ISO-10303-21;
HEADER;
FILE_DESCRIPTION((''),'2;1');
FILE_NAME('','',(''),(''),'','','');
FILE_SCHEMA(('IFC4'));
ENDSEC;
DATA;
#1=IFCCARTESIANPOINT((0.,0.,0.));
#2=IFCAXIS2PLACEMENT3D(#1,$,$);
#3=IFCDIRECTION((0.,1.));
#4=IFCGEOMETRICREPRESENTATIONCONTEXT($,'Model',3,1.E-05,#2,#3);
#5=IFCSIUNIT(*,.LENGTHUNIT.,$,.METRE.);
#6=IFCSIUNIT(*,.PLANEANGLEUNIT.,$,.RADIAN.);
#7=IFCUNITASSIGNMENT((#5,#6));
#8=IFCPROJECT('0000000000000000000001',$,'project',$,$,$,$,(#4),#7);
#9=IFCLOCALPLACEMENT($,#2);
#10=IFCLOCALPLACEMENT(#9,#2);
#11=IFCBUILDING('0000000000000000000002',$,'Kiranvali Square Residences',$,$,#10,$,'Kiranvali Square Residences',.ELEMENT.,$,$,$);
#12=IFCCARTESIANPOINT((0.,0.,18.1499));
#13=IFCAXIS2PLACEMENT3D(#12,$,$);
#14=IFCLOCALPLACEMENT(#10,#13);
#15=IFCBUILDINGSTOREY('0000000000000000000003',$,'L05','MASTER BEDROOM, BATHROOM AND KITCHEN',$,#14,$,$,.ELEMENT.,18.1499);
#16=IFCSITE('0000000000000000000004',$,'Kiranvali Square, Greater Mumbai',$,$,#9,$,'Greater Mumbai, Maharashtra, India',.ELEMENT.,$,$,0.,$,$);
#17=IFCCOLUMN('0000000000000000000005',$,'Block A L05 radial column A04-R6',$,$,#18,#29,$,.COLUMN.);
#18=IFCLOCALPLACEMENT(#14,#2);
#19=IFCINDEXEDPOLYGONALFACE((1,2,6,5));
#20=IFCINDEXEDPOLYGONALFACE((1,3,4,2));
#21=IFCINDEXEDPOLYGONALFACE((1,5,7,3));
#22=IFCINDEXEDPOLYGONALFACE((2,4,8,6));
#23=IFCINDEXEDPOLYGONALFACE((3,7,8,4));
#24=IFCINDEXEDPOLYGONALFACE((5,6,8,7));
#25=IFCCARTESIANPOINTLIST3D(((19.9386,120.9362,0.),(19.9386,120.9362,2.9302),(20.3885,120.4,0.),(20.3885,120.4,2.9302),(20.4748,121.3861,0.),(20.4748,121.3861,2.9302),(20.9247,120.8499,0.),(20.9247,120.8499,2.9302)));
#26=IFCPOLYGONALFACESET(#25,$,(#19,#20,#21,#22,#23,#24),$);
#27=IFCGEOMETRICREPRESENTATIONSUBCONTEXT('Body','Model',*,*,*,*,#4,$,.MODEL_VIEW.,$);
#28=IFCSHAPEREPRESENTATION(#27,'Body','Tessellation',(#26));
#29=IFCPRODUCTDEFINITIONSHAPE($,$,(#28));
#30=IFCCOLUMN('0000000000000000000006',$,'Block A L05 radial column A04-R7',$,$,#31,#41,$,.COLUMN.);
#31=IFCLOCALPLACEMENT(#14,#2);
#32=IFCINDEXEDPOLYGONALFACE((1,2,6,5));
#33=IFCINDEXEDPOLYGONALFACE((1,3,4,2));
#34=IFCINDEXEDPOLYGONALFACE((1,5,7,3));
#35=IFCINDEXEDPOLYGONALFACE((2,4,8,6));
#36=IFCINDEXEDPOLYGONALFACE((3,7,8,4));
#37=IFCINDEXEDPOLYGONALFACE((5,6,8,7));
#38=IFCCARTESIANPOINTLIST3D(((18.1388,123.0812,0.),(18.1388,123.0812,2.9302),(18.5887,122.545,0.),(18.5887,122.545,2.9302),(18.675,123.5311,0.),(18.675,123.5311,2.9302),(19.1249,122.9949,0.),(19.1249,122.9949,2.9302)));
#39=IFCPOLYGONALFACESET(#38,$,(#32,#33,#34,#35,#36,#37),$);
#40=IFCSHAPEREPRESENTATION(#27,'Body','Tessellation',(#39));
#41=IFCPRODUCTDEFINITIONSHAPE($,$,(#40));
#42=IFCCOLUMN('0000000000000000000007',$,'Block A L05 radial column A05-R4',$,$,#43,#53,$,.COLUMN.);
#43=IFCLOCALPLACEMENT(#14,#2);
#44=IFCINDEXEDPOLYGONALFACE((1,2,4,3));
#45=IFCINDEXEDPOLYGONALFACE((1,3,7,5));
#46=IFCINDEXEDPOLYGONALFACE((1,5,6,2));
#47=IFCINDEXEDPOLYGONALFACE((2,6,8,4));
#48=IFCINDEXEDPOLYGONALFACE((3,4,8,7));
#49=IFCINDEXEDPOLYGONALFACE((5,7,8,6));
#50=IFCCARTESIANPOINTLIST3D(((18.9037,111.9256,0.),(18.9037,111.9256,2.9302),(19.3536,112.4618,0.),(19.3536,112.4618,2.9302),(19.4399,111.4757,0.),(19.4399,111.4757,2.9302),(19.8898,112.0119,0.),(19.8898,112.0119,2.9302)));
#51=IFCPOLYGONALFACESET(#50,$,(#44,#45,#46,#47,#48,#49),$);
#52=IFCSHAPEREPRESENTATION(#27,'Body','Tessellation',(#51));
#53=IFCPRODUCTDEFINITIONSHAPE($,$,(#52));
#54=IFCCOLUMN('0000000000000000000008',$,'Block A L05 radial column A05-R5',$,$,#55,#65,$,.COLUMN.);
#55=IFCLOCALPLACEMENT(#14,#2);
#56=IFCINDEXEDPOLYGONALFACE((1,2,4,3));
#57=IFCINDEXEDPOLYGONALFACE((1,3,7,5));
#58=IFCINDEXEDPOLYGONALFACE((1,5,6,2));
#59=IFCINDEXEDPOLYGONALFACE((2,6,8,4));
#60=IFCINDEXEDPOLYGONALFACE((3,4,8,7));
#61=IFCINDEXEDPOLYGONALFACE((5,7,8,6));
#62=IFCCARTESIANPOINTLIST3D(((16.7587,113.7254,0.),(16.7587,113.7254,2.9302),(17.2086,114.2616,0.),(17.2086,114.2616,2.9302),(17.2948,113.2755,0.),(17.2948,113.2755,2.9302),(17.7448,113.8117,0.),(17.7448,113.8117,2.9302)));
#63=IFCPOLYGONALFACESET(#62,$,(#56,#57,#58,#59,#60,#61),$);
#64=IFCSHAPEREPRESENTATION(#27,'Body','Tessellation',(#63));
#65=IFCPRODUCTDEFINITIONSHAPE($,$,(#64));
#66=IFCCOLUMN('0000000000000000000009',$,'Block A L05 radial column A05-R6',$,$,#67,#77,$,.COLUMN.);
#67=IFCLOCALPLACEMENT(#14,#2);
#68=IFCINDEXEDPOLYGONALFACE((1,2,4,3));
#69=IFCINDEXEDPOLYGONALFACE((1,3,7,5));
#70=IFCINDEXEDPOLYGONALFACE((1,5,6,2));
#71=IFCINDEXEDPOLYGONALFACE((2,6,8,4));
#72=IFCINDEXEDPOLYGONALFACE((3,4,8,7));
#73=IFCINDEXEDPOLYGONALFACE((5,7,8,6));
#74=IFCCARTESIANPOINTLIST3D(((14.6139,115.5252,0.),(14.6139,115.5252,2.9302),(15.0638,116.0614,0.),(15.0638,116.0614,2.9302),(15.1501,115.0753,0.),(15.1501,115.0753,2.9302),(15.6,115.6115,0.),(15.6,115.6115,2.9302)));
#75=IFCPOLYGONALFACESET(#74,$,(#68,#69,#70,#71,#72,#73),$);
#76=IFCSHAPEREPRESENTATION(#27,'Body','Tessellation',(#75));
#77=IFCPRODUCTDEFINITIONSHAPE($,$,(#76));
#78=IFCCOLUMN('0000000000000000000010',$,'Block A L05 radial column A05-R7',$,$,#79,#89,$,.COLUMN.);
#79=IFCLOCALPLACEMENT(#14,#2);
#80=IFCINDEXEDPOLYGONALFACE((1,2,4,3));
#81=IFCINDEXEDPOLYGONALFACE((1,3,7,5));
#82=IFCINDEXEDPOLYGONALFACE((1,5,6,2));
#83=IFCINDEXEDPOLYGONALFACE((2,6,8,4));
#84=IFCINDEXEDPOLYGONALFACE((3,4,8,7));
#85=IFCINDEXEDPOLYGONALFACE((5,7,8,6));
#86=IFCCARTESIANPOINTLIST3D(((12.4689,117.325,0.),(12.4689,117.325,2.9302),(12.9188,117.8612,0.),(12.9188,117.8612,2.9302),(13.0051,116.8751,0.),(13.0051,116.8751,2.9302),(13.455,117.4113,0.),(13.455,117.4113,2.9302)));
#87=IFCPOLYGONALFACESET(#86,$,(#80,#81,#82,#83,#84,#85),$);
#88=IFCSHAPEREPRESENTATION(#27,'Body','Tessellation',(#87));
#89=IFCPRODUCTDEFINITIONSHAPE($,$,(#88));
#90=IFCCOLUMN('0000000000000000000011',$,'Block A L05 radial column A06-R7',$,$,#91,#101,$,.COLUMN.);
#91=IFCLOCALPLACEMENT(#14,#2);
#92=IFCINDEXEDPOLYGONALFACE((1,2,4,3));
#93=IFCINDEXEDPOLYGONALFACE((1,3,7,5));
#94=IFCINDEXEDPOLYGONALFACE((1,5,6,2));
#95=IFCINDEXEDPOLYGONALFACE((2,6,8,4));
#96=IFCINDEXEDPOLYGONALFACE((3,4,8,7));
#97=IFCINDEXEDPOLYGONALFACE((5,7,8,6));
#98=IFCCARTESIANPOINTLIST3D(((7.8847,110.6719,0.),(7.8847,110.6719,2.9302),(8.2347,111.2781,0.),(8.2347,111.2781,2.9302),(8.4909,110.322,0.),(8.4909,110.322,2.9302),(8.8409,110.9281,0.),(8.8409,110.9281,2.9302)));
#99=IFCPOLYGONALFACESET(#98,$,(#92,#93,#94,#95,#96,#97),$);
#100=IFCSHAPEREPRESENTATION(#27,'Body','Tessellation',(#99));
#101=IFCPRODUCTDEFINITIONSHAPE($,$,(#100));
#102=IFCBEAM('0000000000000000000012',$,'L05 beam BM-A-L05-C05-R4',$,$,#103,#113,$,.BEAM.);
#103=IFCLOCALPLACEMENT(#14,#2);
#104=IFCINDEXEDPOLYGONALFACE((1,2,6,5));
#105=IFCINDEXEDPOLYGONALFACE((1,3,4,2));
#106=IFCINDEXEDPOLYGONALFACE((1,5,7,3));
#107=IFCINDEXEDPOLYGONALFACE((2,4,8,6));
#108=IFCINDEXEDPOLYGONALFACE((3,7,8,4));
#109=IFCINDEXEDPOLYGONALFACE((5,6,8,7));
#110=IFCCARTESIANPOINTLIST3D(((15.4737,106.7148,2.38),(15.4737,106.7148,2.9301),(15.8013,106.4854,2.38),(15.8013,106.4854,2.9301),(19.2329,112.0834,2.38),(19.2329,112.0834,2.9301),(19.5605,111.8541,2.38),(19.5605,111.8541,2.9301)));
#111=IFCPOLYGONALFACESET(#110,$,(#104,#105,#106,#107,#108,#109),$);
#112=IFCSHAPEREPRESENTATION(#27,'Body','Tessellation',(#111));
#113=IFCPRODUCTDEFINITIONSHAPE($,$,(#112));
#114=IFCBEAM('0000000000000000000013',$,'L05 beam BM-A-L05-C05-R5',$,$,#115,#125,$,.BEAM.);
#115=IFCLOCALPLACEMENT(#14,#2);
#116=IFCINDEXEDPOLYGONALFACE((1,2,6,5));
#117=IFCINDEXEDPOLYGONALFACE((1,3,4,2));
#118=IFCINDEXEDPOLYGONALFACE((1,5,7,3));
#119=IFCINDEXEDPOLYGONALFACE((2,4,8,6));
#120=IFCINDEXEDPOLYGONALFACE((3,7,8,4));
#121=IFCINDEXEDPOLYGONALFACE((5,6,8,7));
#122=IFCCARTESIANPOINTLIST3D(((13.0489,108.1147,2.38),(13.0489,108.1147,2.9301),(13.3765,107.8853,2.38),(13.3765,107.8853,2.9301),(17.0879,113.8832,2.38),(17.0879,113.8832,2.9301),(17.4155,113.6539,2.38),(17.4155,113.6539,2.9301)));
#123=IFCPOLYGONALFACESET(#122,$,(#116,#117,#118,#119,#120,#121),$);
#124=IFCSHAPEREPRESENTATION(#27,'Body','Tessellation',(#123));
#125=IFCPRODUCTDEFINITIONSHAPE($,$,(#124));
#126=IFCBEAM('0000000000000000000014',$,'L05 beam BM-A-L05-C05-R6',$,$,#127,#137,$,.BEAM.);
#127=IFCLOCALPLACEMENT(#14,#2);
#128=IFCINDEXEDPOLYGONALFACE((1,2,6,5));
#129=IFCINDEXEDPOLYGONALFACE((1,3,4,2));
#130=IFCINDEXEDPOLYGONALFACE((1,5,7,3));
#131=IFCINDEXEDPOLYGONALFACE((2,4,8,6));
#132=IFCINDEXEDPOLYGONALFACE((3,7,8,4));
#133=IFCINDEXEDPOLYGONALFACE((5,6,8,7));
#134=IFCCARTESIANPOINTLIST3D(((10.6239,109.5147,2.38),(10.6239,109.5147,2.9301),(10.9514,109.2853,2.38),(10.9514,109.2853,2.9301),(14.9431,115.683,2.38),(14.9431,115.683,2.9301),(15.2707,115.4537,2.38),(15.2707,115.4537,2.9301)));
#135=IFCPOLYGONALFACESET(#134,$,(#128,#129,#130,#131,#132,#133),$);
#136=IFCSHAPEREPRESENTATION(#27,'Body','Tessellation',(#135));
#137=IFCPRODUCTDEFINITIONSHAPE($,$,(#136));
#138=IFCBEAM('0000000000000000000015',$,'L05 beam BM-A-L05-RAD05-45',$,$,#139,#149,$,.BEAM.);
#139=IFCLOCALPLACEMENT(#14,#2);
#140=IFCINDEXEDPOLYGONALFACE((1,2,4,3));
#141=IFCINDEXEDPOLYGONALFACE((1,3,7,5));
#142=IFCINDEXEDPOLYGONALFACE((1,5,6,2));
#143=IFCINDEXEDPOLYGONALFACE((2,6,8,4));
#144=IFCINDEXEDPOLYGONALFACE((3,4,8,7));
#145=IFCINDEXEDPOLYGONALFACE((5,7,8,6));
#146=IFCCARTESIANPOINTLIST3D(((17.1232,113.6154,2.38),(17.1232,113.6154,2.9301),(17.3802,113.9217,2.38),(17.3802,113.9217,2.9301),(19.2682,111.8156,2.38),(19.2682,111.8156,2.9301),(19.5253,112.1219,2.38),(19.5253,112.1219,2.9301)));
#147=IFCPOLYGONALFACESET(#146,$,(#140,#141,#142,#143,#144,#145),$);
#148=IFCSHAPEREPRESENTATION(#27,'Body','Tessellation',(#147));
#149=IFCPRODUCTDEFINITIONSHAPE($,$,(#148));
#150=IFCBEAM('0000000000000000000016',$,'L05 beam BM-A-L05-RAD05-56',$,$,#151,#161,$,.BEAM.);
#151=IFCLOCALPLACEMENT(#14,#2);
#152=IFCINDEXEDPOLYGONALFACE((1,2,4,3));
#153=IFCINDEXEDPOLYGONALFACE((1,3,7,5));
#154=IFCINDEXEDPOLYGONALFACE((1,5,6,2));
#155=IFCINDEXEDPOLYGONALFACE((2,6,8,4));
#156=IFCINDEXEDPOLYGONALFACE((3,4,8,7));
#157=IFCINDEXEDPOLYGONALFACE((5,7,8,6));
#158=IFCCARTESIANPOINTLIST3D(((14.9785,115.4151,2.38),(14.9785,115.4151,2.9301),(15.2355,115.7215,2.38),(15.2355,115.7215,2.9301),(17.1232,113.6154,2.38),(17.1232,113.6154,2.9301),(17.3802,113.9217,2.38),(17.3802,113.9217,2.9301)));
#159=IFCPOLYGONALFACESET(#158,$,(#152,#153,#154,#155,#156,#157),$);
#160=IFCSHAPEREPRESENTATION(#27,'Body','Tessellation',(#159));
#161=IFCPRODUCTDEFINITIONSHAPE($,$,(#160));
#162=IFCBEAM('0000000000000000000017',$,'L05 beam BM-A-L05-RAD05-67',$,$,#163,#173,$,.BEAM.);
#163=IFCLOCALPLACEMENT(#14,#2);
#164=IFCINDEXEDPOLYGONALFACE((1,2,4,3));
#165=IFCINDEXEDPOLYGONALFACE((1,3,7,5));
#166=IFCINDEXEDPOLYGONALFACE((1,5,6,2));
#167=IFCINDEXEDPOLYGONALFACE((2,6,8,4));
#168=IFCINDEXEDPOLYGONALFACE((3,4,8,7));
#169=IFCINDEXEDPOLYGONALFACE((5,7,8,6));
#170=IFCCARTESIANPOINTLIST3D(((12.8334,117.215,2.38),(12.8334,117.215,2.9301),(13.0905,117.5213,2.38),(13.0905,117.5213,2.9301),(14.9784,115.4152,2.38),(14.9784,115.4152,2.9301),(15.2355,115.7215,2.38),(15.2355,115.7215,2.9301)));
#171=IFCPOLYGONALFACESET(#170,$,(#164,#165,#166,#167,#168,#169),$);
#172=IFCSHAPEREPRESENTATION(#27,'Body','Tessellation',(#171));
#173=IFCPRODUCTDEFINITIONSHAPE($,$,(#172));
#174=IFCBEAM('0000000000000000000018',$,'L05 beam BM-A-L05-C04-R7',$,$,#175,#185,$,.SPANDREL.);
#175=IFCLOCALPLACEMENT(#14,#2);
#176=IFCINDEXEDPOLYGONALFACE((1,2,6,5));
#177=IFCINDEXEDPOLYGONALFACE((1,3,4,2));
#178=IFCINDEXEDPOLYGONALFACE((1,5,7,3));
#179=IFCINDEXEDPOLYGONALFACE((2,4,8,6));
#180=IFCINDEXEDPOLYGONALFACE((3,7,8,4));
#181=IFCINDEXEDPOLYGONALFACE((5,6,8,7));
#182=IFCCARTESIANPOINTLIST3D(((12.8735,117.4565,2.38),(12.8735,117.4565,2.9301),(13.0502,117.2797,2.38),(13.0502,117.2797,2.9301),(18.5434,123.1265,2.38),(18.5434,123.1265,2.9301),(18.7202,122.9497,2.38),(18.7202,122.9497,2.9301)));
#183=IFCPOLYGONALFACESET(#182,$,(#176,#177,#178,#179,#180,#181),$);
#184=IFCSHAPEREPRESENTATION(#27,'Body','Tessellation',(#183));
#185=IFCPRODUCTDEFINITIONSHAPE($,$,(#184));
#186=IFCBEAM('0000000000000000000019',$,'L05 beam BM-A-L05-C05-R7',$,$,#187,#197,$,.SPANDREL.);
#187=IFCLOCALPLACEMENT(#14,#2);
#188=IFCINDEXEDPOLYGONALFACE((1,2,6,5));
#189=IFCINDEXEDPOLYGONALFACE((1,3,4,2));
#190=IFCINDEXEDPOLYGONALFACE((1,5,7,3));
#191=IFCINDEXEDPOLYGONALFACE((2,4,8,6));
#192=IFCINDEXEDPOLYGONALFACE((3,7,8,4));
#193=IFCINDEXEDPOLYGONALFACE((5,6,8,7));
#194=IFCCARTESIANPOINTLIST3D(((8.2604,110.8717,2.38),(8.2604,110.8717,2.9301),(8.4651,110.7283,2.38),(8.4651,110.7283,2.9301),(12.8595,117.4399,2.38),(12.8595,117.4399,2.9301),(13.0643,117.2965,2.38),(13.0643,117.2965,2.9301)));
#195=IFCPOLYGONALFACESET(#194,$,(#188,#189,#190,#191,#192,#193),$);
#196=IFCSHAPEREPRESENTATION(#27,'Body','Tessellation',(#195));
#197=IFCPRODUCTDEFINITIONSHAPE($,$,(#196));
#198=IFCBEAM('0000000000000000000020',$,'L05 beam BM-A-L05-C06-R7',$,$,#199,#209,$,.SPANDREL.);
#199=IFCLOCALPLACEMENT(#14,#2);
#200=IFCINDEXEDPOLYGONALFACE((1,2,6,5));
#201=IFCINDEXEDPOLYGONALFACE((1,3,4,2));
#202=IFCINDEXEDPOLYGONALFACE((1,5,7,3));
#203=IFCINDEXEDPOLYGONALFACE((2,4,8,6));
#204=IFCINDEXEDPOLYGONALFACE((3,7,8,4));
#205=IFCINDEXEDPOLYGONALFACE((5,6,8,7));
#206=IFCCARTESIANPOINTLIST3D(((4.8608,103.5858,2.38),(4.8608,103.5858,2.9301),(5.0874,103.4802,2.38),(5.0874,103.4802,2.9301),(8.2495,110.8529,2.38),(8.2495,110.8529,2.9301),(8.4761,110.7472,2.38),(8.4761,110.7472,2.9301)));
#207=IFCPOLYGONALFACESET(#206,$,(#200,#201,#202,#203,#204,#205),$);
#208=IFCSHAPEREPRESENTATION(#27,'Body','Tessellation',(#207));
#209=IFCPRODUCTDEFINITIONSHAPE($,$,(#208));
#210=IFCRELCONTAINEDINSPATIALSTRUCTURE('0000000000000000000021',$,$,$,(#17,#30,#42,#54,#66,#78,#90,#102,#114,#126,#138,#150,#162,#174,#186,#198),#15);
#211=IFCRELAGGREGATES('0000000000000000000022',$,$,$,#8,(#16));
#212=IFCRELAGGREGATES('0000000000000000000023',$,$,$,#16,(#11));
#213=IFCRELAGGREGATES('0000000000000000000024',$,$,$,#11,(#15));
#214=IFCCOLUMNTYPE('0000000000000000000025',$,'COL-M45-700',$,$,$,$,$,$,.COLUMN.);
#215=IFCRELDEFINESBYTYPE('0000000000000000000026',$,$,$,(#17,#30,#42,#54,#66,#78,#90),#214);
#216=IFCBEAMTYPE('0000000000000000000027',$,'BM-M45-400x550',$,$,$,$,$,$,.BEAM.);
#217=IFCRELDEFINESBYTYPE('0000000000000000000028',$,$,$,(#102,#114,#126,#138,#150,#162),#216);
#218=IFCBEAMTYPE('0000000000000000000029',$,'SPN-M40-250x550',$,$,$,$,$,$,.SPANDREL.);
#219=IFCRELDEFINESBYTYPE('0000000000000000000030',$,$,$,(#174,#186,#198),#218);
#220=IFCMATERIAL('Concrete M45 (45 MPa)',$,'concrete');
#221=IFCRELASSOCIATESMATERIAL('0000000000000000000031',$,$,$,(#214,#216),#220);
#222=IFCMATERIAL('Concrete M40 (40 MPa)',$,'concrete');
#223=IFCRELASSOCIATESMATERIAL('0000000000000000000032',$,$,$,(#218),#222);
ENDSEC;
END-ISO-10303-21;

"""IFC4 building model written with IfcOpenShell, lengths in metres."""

from ifc_helpers import new_model, si_unit, direction, frame, origin, origin_2d, place, context, subcontext, project, spatial, rectangle, extrude, material, material_profile, profile_set, type_object, element, save


model = new_model("IFC4")

# Units and contexts
model_context = context("Model", 3, precision=1e-05, world=origin(), true_north=direction((0.0, 1.0)))
body_context = subcontext(model_context, "Body", "Model", "MODEL_VIEW")
ifc_project = project(units=[si_unit("LENGTHUNIT", "METRE"), si_unit("PLANEANGLEUNIT", "RADIAN")], contexts=[model_context])

# Site, building, storey
site_placement = place(None, origin())
site = spatial("IfcSite", under=ifc_project, at=site_placement, Name="Kiranvali Square, Greater Mumbai", LongName="Greater Mumbai, Maharashtra, India", CompositionType="ELEMENT", RefElevation=0.0)
building_placement = place(site_placement, origin())
building = spatial("IfcBuilding", under=site, at=building_placement, Name="Kiranvali Square Residences", LongName="Kiranvali Square Residences", CompositionType="ELEMENT")
storey_placement = place(building_placement, frame((0.0, 0.0, 18.1499)))
storey = spatial("IfcBuildingStorey", under=building, at=storey_placement, Name="L05", Description="MASTER BEDROOM, BATHROOM AND KITCHEN", CompositionType="ELEMENT", Elevation=18.1499)

# Columns
ifc_material_1 = material(Name="Concrete M45 (45 MPa)", Category="concrete")
ifc_material_profile_1 = material_profile(ifc_material_1, rectangle(XDim=0.7, YDim=0.7, at=origin_2d()), Name="RC 700x700")
ifc_profile_set_1 = profile_set([ifc_material_profile_1], Name="Concrete M45 (45 MPa)")
column_type = type_object("IfcColumnType", Name="COL-M45-700", PredefinedType="COLUMN", material=ifc_profile_set_1)
for number, where, z_axis, x_axis, name in (
    (1, (20.4316, 120.8931, 0.0), (0.0, 0.0, 1.0), (0.766044, 0.642788, 0.0), "Block A L05 radial column A04-R6"),
    (2, (18.6318, 123.0381, 0.0), (0.0, 0.0, 1.0), (0.766044, 0.642788, 0.0), "Block A L05 radial column A04-R7"),
    (3, (19.3967, 111.9688, 0.0), (0.0, 0.0, 1.0), (0.642788, 0.766044, 0.0), "Block A L05 radial column A05-R4"),
    (4, (17.2517, 113.7686, 0.0), (0.0, 0.0, 1.0), (0.642788, 0.766044, 0.0), "Block A L05 radial column A05-R5"),
    (5, (15.1069, 115.5684, 0.0), (0.0, 0.0, 1.0), (0.642788, 0.766044, 0.0), "Block A L05 radial column A05-R6"),
    (6, (12.9619, 117.3682, 0.0), (0.0, 0.0, 1.0), (0.642788, 0.766044, 0.0), "Block A L05 radial column A05-R7"),
    (7, (8.3628, 110.8, 0.0), (0.0, 0.0, 1.0), (0.5, 0.866025, 0.0), "Block A L05 radial column A06-R7"),
):
    element("IfcColumn", number, at=place(storey_placement, frame(where, z_axis=z_axis, x_axis=x_axis)), inside=storey, type_object=column_type, Name=name, PredefinedType="COLUMN", context=body_context, shape_type="SweptSolid", body=[
        extrude(rectangle(XDim=0.7, YDim=0.7, at=origin_2d()), origin(), (0.0, 0.0, 1.0), 2.9302),
    ])

# Beams
ifc_material_profile_2 = material_profile(ifc_material_1, rectangle(XDim=0.3999, YDim=0.55, at=origin_2d()), Name="RC 400x550")
ifc_profile_set_2 = profile_set([ifc_material_profile_2], Name="Concrete M45 (45 MPa)")
beam_type_1 = type_object("IfcBeamType", Name="BM-M45-400x550", PredefinedType="BEAM", material=ifc_profile_set_2)
beam_1_placement = place(storey_placement, frame((19.3967, 111.9688, 2.655), z_axis=(-0.573587, -0.819144, 0.0), x_axis=(0.819144, -0.573587, 0.0)))
element("IfcBeam", 8, at=beam_1_placement, inside=storey, type_object=beam_type_1, Name="L05 beam BM-A-L05-C05-R4", PredefinedType="BEAM", context=body_context, shape_type="SweptSolid", body=[
    extrude(rectangle(XDim=0.3999, YDim=0.55, at=origin_2d()), origin(), (0.0, 0.0, 1.0), 6.554),
])
beam_2_placement = place(storey_placement, frame((17.2517, 113.7686, 2.655), z_axis=(-0.573565, -0.81916, 0.0), x_axis=(0.81916, -0.573565, 0.0)))
element("IfcBeam", 9, at=beam_2_placement, inside=storey, type_object=beam_type_1, Name="L05 beam BM-A-L05-C05-R5", PredefinedType="BEAM", context=body_context, shape_type="SweptSolid", body=[
    extrude(rectangle(XDim=0.3999, YDim=0.55, at=origin_2d()), origin(), (0.0, 0.0, 1.0), 7.042),
])
beam_3_placement = place(storey_placement, frame((15.1069, 115.5684, 2.655), z_axis=(-0.573589, -0.819144, 0.0), x_axis=(0.819144, -0.573589, 0.0)))
element("IfcBeam", 10, at=beam_3_placement, inside=storey, type_object=beam_type_1, Name="L05 beam BM-A-L05-C05-R6", PredefinedType="BEAM", context=body_context, shape_type="SweptSolid", body=[
    extrude(rectangle(XDim=0.3999, YDim=0.55, at=origin_2d()), origin(), (0.0, 0.0, 1.0), 7.5303),
])
beam_4_placement = place(storey_placement, frame((19.3967, 111.9688, 2.655), z_axis=(-0.766059, 0.642771, 0.0), x_axis=(-0.642771, -0.766059, 0.0)))
element("IfcBeam", 11, at=beam_4_placement, inside=storey, type_object=beam_type_1, Name="L05 beam BM-A-L05-RAD05-45", PredefinedType="BEAM", context=body_context, shape_type="SweptSolid", body=[
    extrude(rectangle(XDim=0.3999, YDim=0.55, at=origin_2d()), origin(), (0.0, 0.0, 1.0), 2.8),
])
beam_5_placement = place(storey_placement, frame((17.2517, 113.7686, 2.655), z_axis=(-0.766023, 0.642814, 0.0), x_axis=(-0.642814, -0.766023, 0.0)))
element("IfcBeam", 12, at=beam_5_placement, inside=storey, type_object=beam_type_1, Name="L05 beam BM-A-L05-RAD05-56", PredefinedType="BEAM", context=body_context, shape_type="SweptSolid", body=[
    extrude(rectangle(XDim=0.3999, YDim=0.55, at=origin_2d()), origin(), (0.0, 0.0, 1.0), 2.7998),
])
beam_6_placement = place(storey_placement, frame((15.1069, 115.5684, 2.655), z_axis=(-0.766059, 0.642771, 0.0), x_axis=(-0.642771, -0.766059, 0.0)))
element("IfcBeam", 13, at=beam_6_placement, inside=storey, type_object=beam_type_1, Name="L05 beam BM-A-L05-RAD05-67", PredefinedType="BEAM", context=body_context, shape_type="SweptSolid", body=[
    extrude(rectangle(XDim=0.3999, YDim=0.55, at=origin_2d()), origin(), (0.0, 0.0, 1.0), 2.8),
])
ifc_material_2 = material(Name="Concrete M40 (40 MPa)", Category="concrete")
ifc_material_profile_3 = material_profile(ifc_material_2, rectangle(XDim=0.25, YDim=0.55, at=origin_2d()), Name="RC 250x550")
ifc_profile_set_3 = profile_set([ifc_material_profile_3], Name="Concrete M40 (40 MPa)")
beam_type_2 = type_object("IfcBeamType", Name="SPN-M40-250x550", PredefinedType="SPANDREL", material=ifc_profile_set_3)
beam_7_placement = place(storey_placement, frame((18.6318, 123.0381, 2.655), z_axis=(-0.707107, -0.707107, 0.0), x_axis=(0.707107, -0.707107, 0.0)))
element("IfcBeam", 14, at=beam_7_placement, inside=storey, type_object=beam_type_2, Name="L05 beam BM-A-L05-C04-R7", PredefinedType="SPANDREL", context=body_context, shape_type="SweptSolid", body=[
    extrude(rectangle(XDim=0.25, YDim=0.55, at=origin_2d()), origin(), (0.0, 0.0, 1.0), 8.0186),
])
for number, where, z_axis, x_axis, name in (
    (15, (12.9619, 117.3682, 2.655), (-0.573583, -0.819148, 0.0), (0.819148, -0.573583, 0.0), "L05 beam BM-A-L05-C05-R7"),
    (16, (8.3628, 110.8, 2.655), (-0.422615, -0.906309, 0.0), (0.906309, -0.422615, 0.0), "L05 beam BM-A-L05-C06-R7"),
):
    element("IfcBeam", number, at=place(storey_placement, frame(where, z_axis=z_axis, x_axis=x_axis)), inside=storey, type_object=beam_type_2, Name=name, PredefinedType="SPANDREL", context=body_context, shape_type="SweptSolid", body=[
        extrude(rectangle(XDim=0.25, YDim=0.55, at=origin_2d()), origin(), (0.0, 0.0, 1.0), 8.0183),
    ])

save(model, "model.ifc")
